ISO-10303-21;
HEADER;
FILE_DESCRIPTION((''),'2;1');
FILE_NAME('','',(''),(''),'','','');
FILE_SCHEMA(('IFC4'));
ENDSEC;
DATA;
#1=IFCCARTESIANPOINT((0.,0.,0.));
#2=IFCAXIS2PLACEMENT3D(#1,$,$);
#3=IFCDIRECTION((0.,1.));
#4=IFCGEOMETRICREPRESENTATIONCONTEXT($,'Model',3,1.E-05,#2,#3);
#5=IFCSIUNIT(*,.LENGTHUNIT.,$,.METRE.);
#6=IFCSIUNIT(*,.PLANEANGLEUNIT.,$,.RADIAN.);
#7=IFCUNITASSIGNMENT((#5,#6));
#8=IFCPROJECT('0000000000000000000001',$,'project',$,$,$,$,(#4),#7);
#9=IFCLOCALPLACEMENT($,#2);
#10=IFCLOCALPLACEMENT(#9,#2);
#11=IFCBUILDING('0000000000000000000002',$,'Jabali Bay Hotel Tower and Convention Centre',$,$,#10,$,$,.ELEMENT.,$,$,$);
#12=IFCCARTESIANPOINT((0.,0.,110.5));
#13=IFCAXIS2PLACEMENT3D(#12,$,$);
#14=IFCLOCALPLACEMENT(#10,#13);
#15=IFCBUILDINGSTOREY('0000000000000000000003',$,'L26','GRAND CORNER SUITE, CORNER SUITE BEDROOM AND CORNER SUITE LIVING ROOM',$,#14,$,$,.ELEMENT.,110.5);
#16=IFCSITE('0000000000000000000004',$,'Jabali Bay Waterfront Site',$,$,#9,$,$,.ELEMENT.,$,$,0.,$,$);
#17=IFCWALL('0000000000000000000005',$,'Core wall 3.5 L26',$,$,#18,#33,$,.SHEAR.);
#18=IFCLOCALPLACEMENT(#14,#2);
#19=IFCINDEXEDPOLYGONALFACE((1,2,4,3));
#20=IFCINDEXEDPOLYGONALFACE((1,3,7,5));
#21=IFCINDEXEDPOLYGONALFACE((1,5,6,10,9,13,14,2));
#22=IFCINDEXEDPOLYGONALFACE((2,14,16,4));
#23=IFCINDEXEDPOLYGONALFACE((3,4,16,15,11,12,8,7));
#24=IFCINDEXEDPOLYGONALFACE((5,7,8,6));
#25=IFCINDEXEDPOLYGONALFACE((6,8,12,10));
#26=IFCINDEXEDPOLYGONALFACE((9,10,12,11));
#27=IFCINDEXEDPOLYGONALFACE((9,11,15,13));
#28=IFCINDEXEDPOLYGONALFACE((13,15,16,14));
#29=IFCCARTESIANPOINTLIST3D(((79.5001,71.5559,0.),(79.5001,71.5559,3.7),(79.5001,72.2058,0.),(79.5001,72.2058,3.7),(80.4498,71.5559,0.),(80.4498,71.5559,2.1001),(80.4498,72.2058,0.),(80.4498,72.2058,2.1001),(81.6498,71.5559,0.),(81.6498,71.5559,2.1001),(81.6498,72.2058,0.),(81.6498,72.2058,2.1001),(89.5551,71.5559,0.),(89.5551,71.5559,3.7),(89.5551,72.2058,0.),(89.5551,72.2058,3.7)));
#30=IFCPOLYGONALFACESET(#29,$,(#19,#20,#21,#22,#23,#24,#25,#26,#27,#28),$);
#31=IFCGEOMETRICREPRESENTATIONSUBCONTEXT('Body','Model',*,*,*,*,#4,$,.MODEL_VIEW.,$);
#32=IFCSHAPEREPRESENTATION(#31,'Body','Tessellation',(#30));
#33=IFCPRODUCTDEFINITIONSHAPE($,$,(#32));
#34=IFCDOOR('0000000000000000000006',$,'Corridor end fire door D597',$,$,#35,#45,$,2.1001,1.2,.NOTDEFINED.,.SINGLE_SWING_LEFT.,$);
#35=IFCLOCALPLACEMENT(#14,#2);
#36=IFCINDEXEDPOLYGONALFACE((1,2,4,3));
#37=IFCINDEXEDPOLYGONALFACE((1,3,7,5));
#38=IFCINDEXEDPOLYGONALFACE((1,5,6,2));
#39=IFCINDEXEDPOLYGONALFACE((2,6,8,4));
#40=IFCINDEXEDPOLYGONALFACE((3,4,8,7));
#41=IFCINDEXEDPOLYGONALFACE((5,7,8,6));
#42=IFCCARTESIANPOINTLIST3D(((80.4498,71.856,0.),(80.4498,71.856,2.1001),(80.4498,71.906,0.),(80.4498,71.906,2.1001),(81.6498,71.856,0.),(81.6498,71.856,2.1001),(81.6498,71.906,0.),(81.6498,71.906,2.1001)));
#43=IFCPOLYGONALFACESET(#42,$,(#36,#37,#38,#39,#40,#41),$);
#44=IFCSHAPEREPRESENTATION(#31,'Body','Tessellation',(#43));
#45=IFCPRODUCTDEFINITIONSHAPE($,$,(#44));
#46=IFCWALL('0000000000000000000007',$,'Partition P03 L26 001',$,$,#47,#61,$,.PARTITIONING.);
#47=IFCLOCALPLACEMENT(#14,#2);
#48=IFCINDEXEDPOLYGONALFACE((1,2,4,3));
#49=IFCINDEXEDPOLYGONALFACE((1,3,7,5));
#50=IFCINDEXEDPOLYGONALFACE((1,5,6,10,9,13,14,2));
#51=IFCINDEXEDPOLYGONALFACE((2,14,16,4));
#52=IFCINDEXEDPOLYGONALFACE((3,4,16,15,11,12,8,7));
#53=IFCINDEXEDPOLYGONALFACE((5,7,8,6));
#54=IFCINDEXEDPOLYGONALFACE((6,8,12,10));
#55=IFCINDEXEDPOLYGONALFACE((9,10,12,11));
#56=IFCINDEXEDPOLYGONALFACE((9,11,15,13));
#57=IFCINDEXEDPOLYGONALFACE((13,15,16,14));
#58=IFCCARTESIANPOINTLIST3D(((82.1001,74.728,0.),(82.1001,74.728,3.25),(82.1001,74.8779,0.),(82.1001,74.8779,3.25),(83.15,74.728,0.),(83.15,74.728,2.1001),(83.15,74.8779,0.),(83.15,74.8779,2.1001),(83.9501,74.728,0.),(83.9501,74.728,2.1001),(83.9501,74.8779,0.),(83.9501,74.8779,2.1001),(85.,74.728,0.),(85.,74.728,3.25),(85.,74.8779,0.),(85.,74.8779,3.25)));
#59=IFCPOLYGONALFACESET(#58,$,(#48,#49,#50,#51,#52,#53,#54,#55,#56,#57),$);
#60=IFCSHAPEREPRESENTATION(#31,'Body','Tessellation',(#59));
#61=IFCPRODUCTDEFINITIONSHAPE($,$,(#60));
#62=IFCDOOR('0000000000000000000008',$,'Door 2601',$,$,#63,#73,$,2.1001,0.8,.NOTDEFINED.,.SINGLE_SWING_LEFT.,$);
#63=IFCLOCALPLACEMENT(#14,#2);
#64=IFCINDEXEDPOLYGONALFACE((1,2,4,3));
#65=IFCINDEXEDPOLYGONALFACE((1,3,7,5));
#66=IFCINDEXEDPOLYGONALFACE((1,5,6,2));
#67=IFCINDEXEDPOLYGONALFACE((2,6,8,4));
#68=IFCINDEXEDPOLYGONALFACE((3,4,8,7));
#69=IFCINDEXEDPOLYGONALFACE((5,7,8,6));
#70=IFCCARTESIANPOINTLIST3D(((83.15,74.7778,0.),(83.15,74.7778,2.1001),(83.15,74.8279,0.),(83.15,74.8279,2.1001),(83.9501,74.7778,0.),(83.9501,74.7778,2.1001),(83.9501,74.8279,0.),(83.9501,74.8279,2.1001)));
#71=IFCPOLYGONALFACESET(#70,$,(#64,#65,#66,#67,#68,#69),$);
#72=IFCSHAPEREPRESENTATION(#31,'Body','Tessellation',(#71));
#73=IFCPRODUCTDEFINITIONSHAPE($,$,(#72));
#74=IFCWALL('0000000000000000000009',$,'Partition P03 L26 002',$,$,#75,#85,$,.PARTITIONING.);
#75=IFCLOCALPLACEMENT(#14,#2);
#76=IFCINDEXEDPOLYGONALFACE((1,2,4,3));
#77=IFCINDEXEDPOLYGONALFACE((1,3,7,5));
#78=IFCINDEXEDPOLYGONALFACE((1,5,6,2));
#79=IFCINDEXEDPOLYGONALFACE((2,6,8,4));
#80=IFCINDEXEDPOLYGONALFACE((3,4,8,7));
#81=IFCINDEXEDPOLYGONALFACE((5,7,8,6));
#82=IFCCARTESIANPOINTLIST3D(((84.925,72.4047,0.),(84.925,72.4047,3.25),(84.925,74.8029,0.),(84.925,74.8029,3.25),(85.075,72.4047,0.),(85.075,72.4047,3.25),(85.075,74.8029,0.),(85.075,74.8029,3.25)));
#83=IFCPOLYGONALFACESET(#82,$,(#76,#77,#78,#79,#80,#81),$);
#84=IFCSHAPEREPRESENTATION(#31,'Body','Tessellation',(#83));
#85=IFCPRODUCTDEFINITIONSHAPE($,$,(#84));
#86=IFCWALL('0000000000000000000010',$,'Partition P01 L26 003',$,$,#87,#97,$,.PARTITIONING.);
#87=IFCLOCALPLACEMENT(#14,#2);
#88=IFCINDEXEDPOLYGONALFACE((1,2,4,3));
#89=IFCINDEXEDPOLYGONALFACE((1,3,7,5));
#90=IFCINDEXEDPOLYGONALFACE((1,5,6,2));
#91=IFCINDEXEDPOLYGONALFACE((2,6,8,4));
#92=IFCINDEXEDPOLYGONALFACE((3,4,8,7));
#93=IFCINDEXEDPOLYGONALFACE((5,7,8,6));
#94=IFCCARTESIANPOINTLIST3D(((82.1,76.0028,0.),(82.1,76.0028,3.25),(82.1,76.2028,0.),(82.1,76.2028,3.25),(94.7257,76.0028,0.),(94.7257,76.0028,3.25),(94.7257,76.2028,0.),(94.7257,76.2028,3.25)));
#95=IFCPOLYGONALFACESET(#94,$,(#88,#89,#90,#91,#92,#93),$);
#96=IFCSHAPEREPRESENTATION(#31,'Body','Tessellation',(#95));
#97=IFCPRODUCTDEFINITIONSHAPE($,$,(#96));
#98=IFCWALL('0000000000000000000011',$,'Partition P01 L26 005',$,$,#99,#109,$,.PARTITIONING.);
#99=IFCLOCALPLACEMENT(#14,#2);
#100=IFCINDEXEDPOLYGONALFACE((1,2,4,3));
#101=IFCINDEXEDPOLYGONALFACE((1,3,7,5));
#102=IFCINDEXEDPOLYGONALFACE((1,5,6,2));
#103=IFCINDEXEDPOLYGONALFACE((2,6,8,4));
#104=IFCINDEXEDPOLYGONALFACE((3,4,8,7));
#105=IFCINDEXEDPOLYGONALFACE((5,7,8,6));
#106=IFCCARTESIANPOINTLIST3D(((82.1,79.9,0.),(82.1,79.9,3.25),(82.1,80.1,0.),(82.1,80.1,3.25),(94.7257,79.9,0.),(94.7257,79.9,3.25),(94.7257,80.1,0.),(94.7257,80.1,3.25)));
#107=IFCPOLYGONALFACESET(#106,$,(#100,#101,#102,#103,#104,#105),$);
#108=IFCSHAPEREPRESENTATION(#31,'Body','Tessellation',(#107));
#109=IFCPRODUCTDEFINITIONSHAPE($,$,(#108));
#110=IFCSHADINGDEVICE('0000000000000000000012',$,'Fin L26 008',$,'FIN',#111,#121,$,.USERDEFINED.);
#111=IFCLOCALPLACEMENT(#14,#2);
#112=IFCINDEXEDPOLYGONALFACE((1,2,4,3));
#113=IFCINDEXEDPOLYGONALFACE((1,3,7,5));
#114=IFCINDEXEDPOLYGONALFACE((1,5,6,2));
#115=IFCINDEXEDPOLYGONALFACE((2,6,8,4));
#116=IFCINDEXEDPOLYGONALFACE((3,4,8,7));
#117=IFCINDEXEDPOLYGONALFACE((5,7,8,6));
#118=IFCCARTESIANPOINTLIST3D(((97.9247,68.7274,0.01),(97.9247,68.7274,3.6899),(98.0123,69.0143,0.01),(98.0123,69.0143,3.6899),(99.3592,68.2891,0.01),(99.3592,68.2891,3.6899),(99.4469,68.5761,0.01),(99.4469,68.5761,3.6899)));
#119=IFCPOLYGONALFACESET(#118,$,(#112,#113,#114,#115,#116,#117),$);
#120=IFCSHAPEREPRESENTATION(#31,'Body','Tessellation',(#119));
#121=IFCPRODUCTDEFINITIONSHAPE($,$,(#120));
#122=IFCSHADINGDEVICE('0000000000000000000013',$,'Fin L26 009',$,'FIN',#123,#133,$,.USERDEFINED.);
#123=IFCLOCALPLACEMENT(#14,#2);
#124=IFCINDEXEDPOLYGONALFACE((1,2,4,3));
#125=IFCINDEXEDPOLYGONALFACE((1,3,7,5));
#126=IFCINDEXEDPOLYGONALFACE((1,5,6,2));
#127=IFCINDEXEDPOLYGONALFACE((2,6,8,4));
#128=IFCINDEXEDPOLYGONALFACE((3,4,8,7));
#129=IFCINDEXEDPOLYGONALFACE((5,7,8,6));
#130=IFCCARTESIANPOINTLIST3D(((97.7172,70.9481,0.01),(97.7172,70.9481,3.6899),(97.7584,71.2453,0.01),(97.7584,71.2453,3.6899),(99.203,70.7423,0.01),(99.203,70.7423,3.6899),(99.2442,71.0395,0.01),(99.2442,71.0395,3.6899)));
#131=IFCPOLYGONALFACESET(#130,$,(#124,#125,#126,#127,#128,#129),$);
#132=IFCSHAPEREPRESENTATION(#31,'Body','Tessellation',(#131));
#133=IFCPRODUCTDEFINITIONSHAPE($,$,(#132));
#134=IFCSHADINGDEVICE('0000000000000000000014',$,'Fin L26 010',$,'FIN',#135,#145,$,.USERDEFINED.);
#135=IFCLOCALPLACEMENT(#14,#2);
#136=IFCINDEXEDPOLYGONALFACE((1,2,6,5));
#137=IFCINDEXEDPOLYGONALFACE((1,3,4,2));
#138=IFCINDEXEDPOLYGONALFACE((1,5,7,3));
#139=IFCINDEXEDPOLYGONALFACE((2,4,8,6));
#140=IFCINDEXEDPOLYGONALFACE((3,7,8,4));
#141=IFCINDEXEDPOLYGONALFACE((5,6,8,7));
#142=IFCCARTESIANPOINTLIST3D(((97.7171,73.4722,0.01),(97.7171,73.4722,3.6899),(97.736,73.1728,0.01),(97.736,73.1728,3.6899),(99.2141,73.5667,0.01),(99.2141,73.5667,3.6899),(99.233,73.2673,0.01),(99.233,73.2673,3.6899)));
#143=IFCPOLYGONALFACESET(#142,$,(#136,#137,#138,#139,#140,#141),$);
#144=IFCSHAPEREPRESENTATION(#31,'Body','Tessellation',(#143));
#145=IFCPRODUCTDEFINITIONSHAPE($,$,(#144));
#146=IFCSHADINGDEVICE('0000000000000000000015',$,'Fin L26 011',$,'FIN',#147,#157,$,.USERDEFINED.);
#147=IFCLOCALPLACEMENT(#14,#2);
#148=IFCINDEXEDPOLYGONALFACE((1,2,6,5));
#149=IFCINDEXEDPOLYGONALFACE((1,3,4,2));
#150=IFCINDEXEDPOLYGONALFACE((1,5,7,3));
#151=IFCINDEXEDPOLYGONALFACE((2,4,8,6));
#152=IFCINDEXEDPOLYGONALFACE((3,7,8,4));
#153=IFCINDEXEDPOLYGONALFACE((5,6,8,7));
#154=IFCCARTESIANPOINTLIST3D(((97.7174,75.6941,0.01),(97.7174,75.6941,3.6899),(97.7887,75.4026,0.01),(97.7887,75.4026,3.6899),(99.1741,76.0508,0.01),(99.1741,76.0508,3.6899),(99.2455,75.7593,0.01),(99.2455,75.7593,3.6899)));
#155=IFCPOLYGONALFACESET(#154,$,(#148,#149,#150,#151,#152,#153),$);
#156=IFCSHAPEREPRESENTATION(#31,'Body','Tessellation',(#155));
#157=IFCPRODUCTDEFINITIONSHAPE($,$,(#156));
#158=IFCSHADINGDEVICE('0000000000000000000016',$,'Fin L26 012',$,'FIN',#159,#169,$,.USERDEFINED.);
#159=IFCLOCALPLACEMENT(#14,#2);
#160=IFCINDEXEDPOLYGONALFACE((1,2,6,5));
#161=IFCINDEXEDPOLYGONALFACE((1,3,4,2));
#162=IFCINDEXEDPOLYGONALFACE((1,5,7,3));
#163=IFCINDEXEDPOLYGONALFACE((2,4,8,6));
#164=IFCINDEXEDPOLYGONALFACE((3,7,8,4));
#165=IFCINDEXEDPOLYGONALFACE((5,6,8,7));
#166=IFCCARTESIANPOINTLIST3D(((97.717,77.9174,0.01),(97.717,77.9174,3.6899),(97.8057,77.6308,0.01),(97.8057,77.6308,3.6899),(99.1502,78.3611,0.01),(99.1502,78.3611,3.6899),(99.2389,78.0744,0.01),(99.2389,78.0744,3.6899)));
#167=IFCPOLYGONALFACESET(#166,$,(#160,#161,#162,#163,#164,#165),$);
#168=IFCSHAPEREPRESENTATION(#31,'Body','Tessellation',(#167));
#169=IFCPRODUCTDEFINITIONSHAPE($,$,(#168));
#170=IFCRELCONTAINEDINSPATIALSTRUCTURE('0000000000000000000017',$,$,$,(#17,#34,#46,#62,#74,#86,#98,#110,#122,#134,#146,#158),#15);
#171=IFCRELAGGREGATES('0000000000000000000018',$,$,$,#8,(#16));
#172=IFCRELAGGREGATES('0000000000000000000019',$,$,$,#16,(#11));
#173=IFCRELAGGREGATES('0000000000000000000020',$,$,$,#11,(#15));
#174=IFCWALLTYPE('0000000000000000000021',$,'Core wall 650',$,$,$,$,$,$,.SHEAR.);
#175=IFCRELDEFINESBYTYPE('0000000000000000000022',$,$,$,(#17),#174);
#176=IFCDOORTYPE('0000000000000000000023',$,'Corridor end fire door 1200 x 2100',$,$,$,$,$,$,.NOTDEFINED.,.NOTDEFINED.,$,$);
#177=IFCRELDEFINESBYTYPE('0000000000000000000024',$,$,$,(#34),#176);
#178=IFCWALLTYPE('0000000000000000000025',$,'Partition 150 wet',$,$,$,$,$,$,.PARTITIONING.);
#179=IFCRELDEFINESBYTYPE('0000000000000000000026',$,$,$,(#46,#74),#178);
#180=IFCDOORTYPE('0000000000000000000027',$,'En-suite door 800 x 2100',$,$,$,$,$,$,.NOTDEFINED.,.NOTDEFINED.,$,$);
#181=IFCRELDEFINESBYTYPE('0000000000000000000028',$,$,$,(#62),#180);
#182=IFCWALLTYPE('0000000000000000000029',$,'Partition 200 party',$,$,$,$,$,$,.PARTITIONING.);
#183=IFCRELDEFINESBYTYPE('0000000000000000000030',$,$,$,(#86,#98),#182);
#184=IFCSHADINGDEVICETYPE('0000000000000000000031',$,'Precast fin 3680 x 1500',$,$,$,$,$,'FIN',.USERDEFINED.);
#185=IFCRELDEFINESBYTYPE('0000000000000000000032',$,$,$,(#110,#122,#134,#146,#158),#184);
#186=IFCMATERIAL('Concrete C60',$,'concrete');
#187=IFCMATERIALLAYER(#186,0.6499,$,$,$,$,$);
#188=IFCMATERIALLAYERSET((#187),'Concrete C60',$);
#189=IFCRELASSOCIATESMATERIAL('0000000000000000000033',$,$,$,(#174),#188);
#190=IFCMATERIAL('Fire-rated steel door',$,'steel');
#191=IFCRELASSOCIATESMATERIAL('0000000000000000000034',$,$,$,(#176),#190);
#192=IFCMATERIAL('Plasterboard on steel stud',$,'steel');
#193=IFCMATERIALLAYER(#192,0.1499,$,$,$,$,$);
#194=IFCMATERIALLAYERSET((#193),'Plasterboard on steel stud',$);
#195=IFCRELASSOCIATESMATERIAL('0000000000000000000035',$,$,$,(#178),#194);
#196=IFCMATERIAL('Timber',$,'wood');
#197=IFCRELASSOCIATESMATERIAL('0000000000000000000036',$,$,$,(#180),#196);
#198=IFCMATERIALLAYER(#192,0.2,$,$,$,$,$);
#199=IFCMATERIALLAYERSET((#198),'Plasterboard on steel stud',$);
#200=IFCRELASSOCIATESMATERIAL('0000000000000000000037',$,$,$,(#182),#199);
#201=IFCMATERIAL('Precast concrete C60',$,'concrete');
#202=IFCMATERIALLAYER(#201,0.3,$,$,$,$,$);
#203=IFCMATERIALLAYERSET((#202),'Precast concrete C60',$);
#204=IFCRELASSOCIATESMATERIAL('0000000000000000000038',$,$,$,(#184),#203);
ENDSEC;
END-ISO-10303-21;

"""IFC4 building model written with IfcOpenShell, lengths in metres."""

from ifc_helpers import new_model, si_unit, direction, frame, frame_2d, origin, place, context, subcontext, project, spatial, rectangle, extrude, material, layer, layer_set, type_object, element, fill, save


model = new_model("IFC4")

# Units and contexts
model_context = context("Model", 3, precision=1e-05, world=origin(), true_north=direction((0.0, 1.0)))
body_context = subcontext(model_context, "Body", "Model", "MODEL_VIEW")
ifc_project = project(units=[si_unit("LENGTHUNIT", "METRE"), si_unit("PLANEANGLEUNIT", "RADIAN")], contexts=[model_context])

# Site, building, storey
site_placement = place(None, origin())
site = spatial("IfcSite", under=ifc_project, at=site_placement, Name="Jabali Bay Waterfront Site", CompositionType="ELEMENT", RefElevation=0.0)
building_placement = place(site_placement, origin())
building = spatial("IfcBuilding", under=site, at=building_placement, Name="Jabali Bay Hotel Tower and Convention Centre", CompositionType="ELEMENT")
storey_placement = place(building_placement, frame((0.0, 0.0, 110.5)))
storey = spatial("IfcBuildingStorey", under=building, at=storey_placement, Name="L26", Description="GRAND CORNER SUITE, CORNER SUITE BEDROOM AND CORNER SUITE LIVING ROOM", CompositionType="ELEMENT", Elevation=110.5)

# Shared definitions
ifc_material_1 = material(Name="Concrete C60", Category="concrete")

# Shared definitions
ifc_material_2 = material(Name="Fire-rated steel door", Category="steel")

# Wall, opening, door
ifc_layer_1 = layer(ifc_material_1, 0.6499)
ifc_layer_set_1 = layer_set([ifc_layer_1], Name="Concrete C60")
wall_type_1 = type_object("IfcWallType", Name="Core wall 650", PredefinedType="SHEAR", material=ifc_layer_set_1)
door_type_1 = type_object("IfcDoorType", Name="Corridor end fire door 1200 x 2100", OperationType="NOTDEFINED", PredefinedType="NOTDEFINED", material=ifc_material_2)
wall_1_placement = place(storey_placement, frame((89.5549, 71.8809, 0.0), z_axis=(0.0, 0.0, 1.0), x_axis=(-1.0, 0.0, 0.0)))
wall_1 = element("IfcWall", 1, at=wall_1_placement, inside=storey, type_object=wall_type_1, Name="Core wall 3.5 L26", PredefinedType="SHEAR", context=body_context, shape_type="SweptSolid", body=[
    extrude(rectangle(XDim=10.0549, YDim=0.6499, at=frame_2d((5.0273, 0.0))), origin(), (0.0, 0.0, 1.0), 3.7),
])
opening_1_placement = place(wall_1_placement, frame((7.905, 0.0, 0.0)))
opening_1 = element("IfcOpeningElement", 2, at=opening_1_placement, cuts=wall_1, PredefinedType="OPENING", context=body_context, shape_type="SweptSolid", body=[
    extrude(rectangle(XDim=1.2, YDim=2.1001, at=frame_2d((0.6001, 1.05))), frame((0.0, 0.3354, 0.0), z_axis=(0.0, -1.0, 0.0), x_axis=(1.0, 0.0, 0.0)), (0.0, 0.0, 1.0), 0.6709),
])
door_1_placement = place(opening_1_placement, origin())
door_1 = element("IfcDoor", 3, at=door_1_placement, inside=storey, type_object=door_type_1, Name="Corridor end fire door D597", OperationType="SINGLE_SWING_LEFT", OverallHeight=2.1001, OverallWidth=1.2, PredefinedType="NOTDEFINED", context=body_context, shape_type="SweptSolid", body=[
    extrude(rectangle(XDim=1.2, YDim=2.1001, at=frame_2d((0.6001, 1.05))), frame((0.0, 0.0249, 0.0), z_axis=(0.0, -1.0, 0.0), x_axis=(1.0, 0.0, 0.0)), (0.0, 0.0, 1.0), 0.05),
])
fill(opening_1, door_1)

# Shared definitions
ifc_material_3 = material(Name="Timber", Category="wood")

# Wall, opening, door
ifc_material_4 = material(Name="Plasterboard on steel stud", Category="steel")
ifc_layer_2 = layer(ifc_material_4, 0.1499)
ifc_layer_set_2 = layer_set([ifc_layer_2], Name="Plasterboard on steel stud")
wall_type_2 = type_object("IfcWallType", Name="Partition 150 wet", PredefinedType="PARTITIONING", material=ifc_layer_set_2)
wall_2_placement = place(storey_placement, frame((82.1001, 74.803, 0.0), z_axis=(0.0, 0.0, 1.0), x_axis=(1.0, 0.0, 0.0)))
wall_2 = element("IfcWall", 4, at=wall_2_placement, inside=storey, type_object=wall_type_2, Name="Partition P03 L26 001", PredefinedType="PARTITIONING", context=body_context, shape_type="SweptSolid", body=[
    extrude(rectangle(XDim=2.8999, YDim=0.1499, at=frame_2d((1.45, 0.0))), origin(), (0.0, 0.0, 1.0), 3.25),
])
opening_2_placement = place(wall_2_placement, frame((1.05, 0.0, 0.0)))
opening_2 = element("IfcOpeningElement", 5, at=opening_2_placement, cuts=wall_2, PredefinedType="OPENING", context=body_context, shape_type="SweptSolid", body=[
    extrude(rectangle(XDim=0.8, YDim=2.1001, at=frame_2d((0.3999, 1.05))), frame((0.0, 0.0854, 0.0), z_axis=(0.0, -1.0, 0.0), x_axis=(1.0, 0.0, 0.0)), (0.0, 0.0, 1.0), 0.1709),
])
door_type_2 = type_object("IfcDoorType", Name="En-suite door 800 x 2100", OperationType="NOTDEFINED", PredefinedType="NOTDEFINED", material=ifc_material_3)
door_2_placement = place(opening_2_placement, origin())
door_2 = element("IfcDoor", 6, at=door_2_placement, inside=storey, type_object=door_type_2, Name="Door 2601", OperationType="SINGLE_SWING_LEFT", OverallHeight=2.1001, OverallWidth=0.8, PredefinedType="NOTDEFINED", context=body_context, shape_type="SweptSolid", body=[
    extrude(rectangle(XDim=0.8, YDim=2.1001, at=frame_2d((0.3999, 1.05))), frame((0.0, 0.0249, 0.0), z_axis=(0.0, -1.0, 0.0), x_axis=(1.0, 0.0, 0.0)), (0.0, 0.0, 1.0), 0.05),
])
fill(opening_2, door_2)

# Walls
wall_3_placement = place(storey_placement, frame((85.0, 74.803, 0.0), z_axis=(0.0, 0.0, 1.0), x_axis=(0.0, -1.0, 0.0)))
element("IfcWall", 7, at=wall_3_placement, inside=storey, type_object=wall_type_2, Name="Partition P03 L26 002", PredefinedType="PARTITIONING", context=body_context, shape_type="SweptSolid", body=[
    extrude(rectangle(XDim=2.3982, YDim=0.1499, at=frame_2d((1.1992, 0.0))), origin(), (0.0, 0.0, 1.0), 3.25),
])
ifc_layer_3 = layer(ifc_material_4, 0.2)
ifc_layer_set_3 = layer_set([ifc_layer_3], Name="Plasterboard on steel stud")
wall_type_3 = type_object("IfcWallType", Name="Partition 200 party", PredefinedType="PARTITIONING", material=ifc_layer_set_3)
for number, where, z_axis, x_axis, name in (
    (8, (94.7258, 76.1028, 0.0), (0.0, 0.0, 1.0), (-1.0, 0.0, 0.0), "Partition P01 L26 003"),
    (9, (94.7258, 80.0, 0.0), (0.0, 0.0, 1.0), (-1.0, 0.0, 0.0), "Partition P01 L26 005"),
):
    element("IfcWall", number, at=place(storey_placement, frame(where, z_axis=z_axis, x_axis=x_axis)), inside=storey, type_object=wall_type_3, Name=name, PredefinedType="PARTITIONING", context=body_context, shape_type="SweptSolid", body=[
        extrude(rectangle(XDim=12.6257, YDim=0.2, at=frame_2d((6.313, 0.0))), origin(), (0.0, 0.0, 1.0), 3.25),
    ])

# Shading devices
ifc_material_5 = material(Name="Precast concrete C60", Category="concrete")
ifc_layer_4 = layer(ifc_material_5, 0.3)
ifc_layer_set_4 = layer_set([ifc_layer_4], Name="Precast concrete C60")
shading_device_type = type_object("IfcShadingDeviceType", Name="Precast fin 3680 x 1500", ElementType="FIN", PredefinedType="USERDEFINED", material=ifc_layer_set_4)
for number, where, z_axis, x_axis, name in (
    (10, (97.9685, 68.8708, 0.01), (0.0, 0.0, 1.0), (0.956372, -0.292152, 0.0), "Fin L26 008"),
    (11, (97.7378, 71.0967, 0.01), (0.0, 0.0, 1.0), (0.990543, -0.137205, 0.0), "Fin L26 009"),
    (12, (97.7266, 73.3225, 0.01), (0.0, 0.0, 1.0), (0.998014, 0.062986, 0.0), "Fin L26 010"),
):
    element("IfcShadingDevice", number, at=place(storey_placement, frame(where, z_axis=z_axis, x_axis=x_axis)), inside=storey, type_object=shading_device_type, Name=name, ObjectType="FIN", PredefinedType="USERDEFINED", context=body_context, shape_type="SweptSolid", body=[
        extrude(rectangle(XDim=1.5, YDim=0.3, at=frame_2d((0.75, 0.0))), origin(), (0.0, 0.0, 1.0), 3.6799),
    ])
shading_device_1_placement = place(storey_placement, frame((97.7529, 75.5483, 0.01), z_axis=(0.0, 0.0, 1.0), x_axis=(0.971309, 0.237822, 0.0)))
element("IfcShadingDevice", 13, at=shading_device_1_placement, inside=storey, type_object=shading_device_type, Name="Fin L26 011", ObjectType="FIN", PredefinedType="USERDEFINED", context=body_context, shape_type="SweptSolid", body=[
    extrude(rectangle(XDim=1.4998, YDim=0.3, at=frame_2d((0.75, 0.0))), origin(), (0.0, 0.0, 1.0), 3.6799),
])
shading_device_2_placement = place(storey_placement, frame((97.7615, 77.7742, 0.01), z_axis=(0.0, 0.0, 1.0), x_axis=(0.955282, 0.295698, 0.0)))
element("IfcShadingDevice", 14, at=shading_device_2_placement, inside=storey, type_object=shading_device_type, Name="Fin L26 012", ObjectType="FIN", PredefinedType="USERDEFINED", context=body_context, shape_type="SweptSolid", body=[
    extrude(rectangle(XDim=1.5002, YDim=0.3, at=frame_2d((0.75, 0.0))), origin(), (0.0, 0.0, 1.0), 3.6799),
])

save(model, "model.ifc")
